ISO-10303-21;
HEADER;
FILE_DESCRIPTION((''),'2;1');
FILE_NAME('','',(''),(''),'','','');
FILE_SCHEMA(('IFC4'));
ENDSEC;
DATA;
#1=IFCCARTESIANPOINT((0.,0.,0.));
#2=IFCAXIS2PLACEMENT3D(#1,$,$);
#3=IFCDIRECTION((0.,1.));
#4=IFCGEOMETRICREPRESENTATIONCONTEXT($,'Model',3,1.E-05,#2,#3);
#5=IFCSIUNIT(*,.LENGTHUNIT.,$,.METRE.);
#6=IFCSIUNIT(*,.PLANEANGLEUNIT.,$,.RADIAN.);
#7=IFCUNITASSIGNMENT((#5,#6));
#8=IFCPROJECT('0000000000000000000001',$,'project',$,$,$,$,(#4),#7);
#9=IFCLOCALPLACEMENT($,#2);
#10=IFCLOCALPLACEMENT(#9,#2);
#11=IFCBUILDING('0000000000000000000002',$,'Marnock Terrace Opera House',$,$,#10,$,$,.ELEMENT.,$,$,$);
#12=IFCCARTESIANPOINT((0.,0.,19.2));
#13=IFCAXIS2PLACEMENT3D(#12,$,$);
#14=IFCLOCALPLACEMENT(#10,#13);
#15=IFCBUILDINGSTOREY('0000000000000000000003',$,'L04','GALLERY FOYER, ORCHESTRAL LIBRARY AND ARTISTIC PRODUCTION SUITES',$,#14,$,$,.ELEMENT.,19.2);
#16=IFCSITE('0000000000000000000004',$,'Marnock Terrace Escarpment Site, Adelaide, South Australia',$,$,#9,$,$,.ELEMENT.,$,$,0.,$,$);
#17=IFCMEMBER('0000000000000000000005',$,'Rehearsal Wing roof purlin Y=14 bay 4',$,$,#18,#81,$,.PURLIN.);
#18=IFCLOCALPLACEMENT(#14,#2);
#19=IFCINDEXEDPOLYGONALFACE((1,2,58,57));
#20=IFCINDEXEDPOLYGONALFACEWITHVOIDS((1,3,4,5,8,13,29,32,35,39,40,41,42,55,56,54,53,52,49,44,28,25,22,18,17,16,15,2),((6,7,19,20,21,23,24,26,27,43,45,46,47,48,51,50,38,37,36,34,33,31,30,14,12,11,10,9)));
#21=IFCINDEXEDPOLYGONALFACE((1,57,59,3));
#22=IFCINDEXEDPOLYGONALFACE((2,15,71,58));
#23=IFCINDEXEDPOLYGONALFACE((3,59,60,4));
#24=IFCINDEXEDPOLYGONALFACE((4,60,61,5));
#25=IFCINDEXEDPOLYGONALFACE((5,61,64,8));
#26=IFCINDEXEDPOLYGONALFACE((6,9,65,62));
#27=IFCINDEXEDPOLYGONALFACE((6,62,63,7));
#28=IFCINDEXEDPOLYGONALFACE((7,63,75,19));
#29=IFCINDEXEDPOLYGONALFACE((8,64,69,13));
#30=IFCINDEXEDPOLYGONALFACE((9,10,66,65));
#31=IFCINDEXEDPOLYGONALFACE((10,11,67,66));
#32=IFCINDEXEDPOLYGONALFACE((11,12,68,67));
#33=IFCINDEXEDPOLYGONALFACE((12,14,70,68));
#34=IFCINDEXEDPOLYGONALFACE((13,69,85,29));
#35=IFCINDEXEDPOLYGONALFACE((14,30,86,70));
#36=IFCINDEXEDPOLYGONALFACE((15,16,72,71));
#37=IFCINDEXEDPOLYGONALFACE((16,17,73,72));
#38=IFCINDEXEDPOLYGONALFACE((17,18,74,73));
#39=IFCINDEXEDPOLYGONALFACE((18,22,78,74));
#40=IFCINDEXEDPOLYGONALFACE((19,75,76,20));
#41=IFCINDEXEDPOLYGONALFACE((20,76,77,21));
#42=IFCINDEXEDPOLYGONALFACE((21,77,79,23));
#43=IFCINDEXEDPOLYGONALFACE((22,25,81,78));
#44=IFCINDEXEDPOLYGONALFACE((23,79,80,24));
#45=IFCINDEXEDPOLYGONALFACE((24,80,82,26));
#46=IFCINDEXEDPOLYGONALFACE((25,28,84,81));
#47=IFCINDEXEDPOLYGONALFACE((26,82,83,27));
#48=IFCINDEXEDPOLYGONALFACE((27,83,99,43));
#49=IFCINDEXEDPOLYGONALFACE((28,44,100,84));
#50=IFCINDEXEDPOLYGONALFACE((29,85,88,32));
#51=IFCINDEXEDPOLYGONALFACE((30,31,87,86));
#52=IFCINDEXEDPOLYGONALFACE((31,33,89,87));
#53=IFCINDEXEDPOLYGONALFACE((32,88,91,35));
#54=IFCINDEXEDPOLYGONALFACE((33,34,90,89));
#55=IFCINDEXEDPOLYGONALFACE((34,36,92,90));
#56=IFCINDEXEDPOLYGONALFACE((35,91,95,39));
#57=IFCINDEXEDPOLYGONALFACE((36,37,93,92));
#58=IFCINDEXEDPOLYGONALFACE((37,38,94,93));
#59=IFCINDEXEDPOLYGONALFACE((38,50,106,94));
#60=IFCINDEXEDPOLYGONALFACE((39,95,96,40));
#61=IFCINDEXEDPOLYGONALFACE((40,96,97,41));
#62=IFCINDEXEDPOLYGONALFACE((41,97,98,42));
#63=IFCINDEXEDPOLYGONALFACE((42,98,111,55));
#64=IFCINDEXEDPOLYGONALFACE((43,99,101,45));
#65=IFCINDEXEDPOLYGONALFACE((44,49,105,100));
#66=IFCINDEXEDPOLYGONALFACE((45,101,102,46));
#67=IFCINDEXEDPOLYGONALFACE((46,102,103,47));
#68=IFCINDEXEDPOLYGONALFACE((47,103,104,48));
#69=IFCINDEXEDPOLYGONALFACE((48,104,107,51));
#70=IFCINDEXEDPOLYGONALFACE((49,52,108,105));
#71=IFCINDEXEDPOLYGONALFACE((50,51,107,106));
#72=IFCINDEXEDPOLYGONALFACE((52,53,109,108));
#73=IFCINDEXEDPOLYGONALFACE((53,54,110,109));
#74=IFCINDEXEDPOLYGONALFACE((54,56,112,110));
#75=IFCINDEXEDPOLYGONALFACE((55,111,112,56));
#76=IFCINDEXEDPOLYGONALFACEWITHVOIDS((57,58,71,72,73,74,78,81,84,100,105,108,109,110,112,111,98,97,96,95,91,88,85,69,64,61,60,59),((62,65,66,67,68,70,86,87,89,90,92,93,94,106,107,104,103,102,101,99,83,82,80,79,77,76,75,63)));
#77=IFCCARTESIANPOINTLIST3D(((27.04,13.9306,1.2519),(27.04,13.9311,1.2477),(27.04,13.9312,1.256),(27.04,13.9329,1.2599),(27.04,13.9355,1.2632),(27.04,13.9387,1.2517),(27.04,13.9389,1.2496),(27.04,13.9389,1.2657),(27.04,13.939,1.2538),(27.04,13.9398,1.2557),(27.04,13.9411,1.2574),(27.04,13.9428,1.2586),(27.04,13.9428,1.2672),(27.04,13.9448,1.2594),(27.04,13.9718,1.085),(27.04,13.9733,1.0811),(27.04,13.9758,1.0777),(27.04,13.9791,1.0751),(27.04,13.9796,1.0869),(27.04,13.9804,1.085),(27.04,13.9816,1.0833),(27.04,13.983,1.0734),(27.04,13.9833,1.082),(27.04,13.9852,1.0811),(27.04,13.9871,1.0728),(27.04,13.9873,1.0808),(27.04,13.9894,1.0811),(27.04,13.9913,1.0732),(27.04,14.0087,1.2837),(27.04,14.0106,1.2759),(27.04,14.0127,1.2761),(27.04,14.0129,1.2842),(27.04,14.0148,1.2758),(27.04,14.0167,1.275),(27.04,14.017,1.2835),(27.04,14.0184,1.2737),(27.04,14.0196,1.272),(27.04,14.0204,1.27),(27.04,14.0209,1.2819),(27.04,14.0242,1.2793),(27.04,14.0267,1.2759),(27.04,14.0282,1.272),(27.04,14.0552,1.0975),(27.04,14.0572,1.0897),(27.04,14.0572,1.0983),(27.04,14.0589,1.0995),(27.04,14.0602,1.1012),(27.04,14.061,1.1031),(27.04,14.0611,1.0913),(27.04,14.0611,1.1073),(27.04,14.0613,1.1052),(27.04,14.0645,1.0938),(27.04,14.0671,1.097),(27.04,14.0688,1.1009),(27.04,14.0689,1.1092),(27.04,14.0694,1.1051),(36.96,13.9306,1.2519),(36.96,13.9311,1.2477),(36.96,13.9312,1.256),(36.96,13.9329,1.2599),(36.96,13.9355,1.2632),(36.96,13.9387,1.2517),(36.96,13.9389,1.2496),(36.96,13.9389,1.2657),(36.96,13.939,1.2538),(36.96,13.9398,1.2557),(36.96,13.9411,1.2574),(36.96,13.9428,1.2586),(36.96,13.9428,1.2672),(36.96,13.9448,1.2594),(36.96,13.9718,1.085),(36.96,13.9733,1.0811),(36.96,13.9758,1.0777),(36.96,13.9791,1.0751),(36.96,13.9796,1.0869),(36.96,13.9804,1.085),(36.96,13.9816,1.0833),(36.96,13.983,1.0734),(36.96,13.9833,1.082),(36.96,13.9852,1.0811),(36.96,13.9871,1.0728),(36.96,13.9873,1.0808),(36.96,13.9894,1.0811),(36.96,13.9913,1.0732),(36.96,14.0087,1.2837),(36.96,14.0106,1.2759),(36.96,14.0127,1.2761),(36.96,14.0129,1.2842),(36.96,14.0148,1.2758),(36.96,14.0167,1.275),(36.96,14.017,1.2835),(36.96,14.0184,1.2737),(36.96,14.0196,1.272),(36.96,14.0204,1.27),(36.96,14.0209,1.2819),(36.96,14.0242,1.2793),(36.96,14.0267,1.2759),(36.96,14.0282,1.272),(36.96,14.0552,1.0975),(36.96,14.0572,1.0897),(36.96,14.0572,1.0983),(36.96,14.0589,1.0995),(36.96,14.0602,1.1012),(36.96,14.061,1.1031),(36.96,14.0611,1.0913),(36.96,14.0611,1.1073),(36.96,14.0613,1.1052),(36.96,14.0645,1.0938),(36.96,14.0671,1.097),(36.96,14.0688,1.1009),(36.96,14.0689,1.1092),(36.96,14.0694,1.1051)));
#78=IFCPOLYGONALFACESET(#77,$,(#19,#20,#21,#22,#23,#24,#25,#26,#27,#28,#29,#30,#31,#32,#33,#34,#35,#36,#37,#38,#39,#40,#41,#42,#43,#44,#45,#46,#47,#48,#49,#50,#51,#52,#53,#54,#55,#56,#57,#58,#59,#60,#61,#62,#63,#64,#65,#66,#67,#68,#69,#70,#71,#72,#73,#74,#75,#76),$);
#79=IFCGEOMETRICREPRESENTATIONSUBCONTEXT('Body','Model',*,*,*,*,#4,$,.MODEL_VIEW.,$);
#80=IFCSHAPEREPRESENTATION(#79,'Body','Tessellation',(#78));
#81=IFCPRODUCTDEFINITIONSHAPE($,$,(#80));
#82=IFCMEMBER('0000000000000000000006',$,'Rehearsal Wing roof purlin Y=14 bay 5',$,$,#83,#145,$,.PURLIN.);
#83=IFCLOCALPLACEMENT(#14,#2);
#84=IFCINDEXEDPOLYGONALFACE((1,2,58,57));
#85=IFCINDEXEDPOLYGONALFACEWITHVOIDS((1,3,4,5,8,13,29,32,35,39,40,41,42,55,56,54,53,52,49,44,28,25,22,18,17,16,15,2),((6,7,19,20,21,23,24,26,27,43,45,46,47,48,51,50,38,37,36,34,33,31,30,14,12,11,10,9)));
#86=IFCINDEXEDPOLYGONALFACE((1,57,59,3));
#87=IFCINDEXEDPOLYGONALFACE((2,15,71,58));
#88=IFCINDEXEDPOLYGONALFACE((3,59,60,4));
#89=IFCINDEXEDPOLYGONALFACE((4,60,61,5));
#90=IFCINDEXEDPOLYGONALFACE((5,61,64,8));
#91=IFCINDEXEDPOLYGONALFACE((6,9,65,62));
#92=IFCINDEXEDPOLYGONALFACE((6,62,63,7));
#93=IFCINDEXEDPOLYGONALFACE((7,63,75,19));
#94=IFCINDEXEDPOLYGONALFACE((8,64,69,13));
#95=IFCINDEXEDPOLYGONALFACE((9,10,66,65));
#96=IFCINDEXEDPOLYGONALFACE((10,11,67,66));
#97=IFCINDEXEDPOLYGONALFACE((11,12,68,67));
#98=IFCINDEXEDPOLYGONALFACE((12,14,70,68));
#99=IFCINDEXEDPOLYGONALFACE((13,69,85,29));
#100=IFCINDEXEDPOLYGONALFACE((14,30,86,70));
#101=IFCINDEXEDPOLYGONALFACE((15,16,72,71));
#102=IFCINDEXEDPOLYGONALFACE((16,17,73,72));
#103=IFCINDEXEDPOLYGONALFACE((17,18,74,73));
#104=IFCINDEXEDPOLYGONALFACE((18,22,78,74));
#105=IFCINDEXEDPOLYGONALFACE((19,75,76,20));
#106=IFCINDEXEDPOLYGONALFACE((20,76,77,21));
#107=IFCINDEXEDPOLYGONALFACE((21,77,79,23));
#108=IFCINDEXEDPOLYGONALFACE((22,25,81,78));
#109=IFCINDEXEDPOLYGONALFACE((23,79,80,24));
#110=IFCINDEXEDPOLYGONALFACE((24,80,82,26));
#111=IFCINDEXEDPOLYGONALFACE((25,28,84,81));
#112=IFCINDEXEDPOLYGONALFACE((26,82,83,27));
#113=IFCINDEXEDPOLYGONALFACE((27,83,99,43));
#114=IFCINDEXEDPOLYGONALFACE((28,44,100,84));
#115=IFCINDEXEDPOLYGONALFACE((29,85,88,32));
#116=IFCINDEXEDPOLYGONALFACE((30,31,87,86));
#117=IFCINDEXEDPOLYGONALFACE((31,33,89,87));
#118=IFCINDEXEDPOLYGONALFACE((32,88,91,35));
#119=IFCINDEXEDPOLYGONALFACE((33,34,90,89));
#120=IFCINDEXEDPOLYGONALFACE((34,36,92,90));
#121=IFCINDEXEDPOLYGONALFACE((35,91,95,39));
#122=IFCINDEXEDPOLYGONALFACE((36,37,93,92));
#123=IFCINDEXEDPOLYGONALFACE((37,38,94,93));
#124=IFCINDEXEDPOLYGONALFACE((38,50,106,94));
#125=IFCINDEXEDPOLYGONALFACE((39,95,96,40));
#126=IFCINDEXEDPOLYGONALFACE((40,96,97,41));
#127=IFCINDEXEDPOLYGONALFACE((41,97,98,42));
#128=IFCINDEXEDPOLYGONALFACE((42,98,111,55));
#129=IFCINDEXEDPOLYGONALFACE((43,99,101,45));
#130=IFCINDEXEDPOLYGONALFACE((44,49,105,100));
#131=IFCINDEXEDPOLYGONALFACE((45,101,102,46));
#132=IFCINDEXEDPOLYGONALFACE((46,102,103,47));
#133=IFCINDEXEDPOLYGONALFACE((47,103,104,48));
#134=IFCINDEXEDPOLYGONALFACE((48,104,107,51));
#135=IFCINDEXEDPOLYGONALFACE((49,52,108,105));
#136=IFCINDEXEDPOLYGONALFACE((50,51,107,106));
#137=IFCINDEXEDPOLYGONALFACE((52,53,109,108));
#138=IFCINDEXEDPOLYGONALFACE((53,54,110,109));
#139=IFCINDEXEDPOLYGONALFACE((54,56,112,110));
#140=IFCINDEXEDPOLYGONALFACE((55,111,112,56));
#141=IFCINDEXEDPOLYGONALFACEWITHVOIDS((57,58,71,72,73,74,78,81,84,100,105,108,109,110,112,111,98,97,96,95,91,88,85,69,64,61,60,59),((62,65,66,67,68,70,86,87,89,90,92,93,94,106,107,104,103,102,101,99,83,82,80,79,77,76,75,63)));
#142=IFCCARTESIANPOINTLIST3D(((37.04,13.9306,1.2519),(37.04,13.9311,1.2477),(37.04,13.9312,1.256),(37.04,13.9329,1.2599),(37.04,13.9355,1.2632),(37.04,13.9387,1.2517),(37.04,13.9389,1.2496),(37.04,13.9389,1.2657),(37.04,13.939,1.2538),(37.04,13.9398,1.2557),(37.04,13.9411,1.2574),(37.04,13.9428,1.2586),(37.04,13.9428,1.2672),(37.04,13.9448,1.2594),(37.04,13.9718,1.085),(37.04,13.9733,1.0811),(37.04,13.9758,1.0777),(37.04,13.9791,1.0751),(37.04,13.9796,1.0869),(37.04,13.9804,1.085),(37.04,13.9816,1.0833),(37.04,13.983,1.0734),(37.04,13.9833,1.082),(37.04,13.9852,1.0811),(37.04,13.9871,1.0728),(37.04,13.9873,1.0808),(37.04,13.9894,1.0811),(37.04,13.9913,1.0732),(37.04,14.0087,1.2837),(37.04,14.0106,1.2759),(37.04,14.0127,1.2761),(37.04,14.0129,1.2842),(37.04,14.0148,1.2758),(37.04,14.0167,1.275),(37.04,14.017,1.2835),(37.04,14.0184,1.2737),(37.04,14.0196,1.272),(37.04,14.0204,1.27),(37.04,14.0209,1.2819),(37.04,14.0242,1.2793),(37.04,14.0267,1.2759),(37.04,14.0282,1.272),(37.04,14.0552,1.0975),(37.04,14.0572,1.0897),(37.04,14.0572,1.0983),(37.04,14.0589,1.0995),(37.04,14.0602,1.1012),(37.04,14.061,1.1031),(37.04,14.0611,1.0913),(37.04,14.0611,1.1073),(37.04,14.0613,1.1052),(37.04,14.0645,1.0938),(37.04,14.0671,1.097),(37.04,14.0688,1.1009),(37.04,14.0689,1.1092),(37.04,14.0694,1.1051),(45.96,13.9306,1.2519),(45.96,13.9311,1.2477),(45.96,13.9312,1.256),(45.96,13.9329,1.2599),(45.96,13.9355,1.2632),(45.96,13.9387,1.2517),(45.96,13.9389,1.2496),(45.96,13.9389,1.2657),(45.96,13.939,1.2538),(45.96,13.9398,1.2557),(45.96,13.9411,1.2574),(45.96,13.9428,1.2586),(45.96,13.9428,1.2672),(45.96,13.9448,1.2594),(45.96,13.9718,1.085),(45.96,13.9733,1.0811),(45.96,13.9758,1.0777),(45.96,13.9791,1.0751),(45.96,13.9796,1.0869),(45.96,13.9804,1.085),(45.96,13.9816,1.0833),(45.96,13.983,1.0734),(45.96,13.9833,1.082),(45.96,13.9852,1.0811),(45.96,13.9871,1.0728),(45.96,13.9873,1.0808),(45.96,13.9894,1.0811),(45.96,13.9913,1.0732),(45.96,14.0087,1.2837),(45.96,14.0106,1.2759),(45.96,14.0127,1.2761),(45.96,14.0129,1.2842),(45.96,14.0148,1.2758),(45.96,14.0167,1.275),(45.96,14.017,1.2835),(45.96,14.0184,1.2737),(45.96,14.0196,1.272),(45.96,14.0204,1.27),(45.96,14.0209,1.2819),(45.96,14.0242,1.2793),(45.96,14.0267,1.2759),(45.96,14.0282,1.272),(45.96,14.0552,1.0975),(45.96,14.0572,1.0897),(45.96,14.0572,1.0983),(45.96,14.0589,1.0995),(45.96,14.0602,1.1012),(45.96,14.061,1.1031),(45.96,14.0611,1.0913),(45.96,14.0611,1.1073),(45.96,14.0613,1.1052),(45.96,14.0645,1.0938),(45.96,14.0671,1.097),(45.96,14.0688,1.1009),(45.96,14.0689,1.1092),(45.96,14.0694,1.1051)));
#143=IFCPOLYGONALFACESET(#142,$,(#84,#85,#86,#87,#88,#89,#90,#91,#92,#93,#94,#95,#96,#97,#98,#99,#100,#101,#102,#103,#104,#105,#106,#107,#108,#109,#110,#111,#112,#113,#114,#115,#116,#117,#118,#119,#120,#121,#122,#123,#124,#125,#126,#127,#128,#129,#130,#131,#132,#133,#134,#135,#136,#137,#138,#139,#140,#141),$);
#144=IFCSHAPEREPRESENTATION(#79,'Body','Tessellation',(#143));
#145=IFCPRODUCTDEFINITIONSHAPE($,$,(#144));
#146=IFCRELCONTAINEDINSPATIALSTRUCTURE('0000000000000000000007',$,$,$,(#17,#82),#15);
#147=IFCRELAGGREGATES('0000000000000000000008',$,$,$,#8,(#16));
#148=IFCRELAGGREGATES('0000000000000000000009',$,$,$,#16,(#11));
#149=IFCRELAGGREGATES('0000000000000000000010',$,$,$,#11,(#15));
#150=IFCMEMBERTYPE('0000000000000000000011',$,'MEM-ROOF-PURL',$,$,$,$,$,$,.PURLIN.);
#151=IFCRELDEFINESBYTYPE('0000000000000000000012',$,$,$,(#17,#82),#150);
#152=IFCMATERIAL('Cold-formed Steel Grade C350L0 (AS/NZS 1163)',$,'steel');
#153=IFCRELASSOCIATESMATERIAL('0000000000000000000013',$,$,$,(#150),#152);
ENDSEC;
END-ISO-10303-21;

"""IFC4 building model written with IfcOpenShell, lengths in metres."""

from ifc_helpers import new_model, si_unit, direction, frame, origin, origin_2d, place, context, subcontext, project, spatial, hollow_rectangle, extrude, material, material_profile, profile_set, type_object, element, save


model = new_model("IFC4")

# Units and contexts
model_context = context("Model", 3, precision=1e-05, world=origin(), true_north=direction((0.0, 1.0)))
body_context = subcontext(model_context, "Body", "Model", "MODEL_VIEW")
ifc_project = project(units=[si_unit("LENGTHUNIT", "METRE"), si_unit("PLANEANGLEUNIT", "RADIAN")], contexts=[model_context])

# Site, building, storey
site_placement = place(None, origin())
site = spatial("IfcSite", under=ifc_project, at=site_placement, Name="Marnock Terrace Escarpment Site, Adelaide, South Australia", CompositionType="ELEMENT", RefElevation=0.0)
building_placement = place(site_placement, origin())
building = spatial("IfcBuilding", under=site, at=building_placement, Name="Marnock Terrace Opera House", CompositionType="ELEMENT")
storey_placement = place(building_placement, frame((0.0, 0.0, 19.2)))
storey = spatial("IfcBuildingStorey", under=building, at=storey_placement, Name="L04", Description="GALLERY FOYER, ORCHESTRAL LIBRARY AND ARTISTIC PRODUCTION SUITES", CompositionType="ELEMENT", Elevation=19.2)

# Members
ifc_material_1 = material(Name="Cold-formed Steel Grade C350L0 (AS/NZS 1163)", Category="steel")
ifc_material_profile_1 = material_profile(ifc_material_1, hollow_rectangle(XDim=0.1001, YDim=0.2, WallThickness=0.0081, InnerFilletRadius=0.0081, OuterFilletRadius=0.0161, at=origin_2d()))
ifc_profile_set_1 = profile_set([ifc_material_profile_1], Name="Cold-formed Steel Grade C350L0 (AS/NZS 1163)")
member_type_1 = type_object("IfcMemberType", Name="MEM-ROOF-PURL", PredefinedType="PURLIN", material=ifc_profile_set_1)
member_1_placement = place(storey_placement, frame((27.04, 14.0, 1.1785), z_axis=(1.0, 0.0, 0.0), x_axis=(0.0, 0.970143, 0.242535)))
element("IfcMember", 1, at=member_1_placement, inside=storey, type_object=member_type_1, Name="Rehearsal Wing roof purlin Y=14 bay 4", PredefinedType="PURLIN", context=body_context, shape_type="SweptSolid", body=[
    extrude(hollow_rectangle(XDim=0.1001, YDim=0.2, WallThickness=0.0081, InnerFilletRadius=0.0081, OuterFilletRadius=0.0161, at=origin_2d()), origin(), (0.0, 0.0, 1.0), 9.9199),
])
member_2_placement = place(storey_placement, frame((37.04, 14.0, 1.1785), z_axis=(1.0, 0.0, 0.0), x_axis=(0.0, 0.970143, 0.242535)))
element("IfcMember", 2, at=member_2_placement, inside=storey, type_object=member_type_1, Name="Rehearsal Wing roof purlin Y=14 bay 5", PredefinedType="PURLIN", context=body_context, shape_type="SweptSolid", body=[
    extrude(hollow_rectangle(XDim=0.1001, YDim=0.2, WallThickness=0.0081, InnerFilletRadius=0.0081, OuterFilletRadius=0.0161, at=origin_2d()), origin(), (0.0, 0.0, 1.0), 8.9199),
])

save(model, "model.ifc")
